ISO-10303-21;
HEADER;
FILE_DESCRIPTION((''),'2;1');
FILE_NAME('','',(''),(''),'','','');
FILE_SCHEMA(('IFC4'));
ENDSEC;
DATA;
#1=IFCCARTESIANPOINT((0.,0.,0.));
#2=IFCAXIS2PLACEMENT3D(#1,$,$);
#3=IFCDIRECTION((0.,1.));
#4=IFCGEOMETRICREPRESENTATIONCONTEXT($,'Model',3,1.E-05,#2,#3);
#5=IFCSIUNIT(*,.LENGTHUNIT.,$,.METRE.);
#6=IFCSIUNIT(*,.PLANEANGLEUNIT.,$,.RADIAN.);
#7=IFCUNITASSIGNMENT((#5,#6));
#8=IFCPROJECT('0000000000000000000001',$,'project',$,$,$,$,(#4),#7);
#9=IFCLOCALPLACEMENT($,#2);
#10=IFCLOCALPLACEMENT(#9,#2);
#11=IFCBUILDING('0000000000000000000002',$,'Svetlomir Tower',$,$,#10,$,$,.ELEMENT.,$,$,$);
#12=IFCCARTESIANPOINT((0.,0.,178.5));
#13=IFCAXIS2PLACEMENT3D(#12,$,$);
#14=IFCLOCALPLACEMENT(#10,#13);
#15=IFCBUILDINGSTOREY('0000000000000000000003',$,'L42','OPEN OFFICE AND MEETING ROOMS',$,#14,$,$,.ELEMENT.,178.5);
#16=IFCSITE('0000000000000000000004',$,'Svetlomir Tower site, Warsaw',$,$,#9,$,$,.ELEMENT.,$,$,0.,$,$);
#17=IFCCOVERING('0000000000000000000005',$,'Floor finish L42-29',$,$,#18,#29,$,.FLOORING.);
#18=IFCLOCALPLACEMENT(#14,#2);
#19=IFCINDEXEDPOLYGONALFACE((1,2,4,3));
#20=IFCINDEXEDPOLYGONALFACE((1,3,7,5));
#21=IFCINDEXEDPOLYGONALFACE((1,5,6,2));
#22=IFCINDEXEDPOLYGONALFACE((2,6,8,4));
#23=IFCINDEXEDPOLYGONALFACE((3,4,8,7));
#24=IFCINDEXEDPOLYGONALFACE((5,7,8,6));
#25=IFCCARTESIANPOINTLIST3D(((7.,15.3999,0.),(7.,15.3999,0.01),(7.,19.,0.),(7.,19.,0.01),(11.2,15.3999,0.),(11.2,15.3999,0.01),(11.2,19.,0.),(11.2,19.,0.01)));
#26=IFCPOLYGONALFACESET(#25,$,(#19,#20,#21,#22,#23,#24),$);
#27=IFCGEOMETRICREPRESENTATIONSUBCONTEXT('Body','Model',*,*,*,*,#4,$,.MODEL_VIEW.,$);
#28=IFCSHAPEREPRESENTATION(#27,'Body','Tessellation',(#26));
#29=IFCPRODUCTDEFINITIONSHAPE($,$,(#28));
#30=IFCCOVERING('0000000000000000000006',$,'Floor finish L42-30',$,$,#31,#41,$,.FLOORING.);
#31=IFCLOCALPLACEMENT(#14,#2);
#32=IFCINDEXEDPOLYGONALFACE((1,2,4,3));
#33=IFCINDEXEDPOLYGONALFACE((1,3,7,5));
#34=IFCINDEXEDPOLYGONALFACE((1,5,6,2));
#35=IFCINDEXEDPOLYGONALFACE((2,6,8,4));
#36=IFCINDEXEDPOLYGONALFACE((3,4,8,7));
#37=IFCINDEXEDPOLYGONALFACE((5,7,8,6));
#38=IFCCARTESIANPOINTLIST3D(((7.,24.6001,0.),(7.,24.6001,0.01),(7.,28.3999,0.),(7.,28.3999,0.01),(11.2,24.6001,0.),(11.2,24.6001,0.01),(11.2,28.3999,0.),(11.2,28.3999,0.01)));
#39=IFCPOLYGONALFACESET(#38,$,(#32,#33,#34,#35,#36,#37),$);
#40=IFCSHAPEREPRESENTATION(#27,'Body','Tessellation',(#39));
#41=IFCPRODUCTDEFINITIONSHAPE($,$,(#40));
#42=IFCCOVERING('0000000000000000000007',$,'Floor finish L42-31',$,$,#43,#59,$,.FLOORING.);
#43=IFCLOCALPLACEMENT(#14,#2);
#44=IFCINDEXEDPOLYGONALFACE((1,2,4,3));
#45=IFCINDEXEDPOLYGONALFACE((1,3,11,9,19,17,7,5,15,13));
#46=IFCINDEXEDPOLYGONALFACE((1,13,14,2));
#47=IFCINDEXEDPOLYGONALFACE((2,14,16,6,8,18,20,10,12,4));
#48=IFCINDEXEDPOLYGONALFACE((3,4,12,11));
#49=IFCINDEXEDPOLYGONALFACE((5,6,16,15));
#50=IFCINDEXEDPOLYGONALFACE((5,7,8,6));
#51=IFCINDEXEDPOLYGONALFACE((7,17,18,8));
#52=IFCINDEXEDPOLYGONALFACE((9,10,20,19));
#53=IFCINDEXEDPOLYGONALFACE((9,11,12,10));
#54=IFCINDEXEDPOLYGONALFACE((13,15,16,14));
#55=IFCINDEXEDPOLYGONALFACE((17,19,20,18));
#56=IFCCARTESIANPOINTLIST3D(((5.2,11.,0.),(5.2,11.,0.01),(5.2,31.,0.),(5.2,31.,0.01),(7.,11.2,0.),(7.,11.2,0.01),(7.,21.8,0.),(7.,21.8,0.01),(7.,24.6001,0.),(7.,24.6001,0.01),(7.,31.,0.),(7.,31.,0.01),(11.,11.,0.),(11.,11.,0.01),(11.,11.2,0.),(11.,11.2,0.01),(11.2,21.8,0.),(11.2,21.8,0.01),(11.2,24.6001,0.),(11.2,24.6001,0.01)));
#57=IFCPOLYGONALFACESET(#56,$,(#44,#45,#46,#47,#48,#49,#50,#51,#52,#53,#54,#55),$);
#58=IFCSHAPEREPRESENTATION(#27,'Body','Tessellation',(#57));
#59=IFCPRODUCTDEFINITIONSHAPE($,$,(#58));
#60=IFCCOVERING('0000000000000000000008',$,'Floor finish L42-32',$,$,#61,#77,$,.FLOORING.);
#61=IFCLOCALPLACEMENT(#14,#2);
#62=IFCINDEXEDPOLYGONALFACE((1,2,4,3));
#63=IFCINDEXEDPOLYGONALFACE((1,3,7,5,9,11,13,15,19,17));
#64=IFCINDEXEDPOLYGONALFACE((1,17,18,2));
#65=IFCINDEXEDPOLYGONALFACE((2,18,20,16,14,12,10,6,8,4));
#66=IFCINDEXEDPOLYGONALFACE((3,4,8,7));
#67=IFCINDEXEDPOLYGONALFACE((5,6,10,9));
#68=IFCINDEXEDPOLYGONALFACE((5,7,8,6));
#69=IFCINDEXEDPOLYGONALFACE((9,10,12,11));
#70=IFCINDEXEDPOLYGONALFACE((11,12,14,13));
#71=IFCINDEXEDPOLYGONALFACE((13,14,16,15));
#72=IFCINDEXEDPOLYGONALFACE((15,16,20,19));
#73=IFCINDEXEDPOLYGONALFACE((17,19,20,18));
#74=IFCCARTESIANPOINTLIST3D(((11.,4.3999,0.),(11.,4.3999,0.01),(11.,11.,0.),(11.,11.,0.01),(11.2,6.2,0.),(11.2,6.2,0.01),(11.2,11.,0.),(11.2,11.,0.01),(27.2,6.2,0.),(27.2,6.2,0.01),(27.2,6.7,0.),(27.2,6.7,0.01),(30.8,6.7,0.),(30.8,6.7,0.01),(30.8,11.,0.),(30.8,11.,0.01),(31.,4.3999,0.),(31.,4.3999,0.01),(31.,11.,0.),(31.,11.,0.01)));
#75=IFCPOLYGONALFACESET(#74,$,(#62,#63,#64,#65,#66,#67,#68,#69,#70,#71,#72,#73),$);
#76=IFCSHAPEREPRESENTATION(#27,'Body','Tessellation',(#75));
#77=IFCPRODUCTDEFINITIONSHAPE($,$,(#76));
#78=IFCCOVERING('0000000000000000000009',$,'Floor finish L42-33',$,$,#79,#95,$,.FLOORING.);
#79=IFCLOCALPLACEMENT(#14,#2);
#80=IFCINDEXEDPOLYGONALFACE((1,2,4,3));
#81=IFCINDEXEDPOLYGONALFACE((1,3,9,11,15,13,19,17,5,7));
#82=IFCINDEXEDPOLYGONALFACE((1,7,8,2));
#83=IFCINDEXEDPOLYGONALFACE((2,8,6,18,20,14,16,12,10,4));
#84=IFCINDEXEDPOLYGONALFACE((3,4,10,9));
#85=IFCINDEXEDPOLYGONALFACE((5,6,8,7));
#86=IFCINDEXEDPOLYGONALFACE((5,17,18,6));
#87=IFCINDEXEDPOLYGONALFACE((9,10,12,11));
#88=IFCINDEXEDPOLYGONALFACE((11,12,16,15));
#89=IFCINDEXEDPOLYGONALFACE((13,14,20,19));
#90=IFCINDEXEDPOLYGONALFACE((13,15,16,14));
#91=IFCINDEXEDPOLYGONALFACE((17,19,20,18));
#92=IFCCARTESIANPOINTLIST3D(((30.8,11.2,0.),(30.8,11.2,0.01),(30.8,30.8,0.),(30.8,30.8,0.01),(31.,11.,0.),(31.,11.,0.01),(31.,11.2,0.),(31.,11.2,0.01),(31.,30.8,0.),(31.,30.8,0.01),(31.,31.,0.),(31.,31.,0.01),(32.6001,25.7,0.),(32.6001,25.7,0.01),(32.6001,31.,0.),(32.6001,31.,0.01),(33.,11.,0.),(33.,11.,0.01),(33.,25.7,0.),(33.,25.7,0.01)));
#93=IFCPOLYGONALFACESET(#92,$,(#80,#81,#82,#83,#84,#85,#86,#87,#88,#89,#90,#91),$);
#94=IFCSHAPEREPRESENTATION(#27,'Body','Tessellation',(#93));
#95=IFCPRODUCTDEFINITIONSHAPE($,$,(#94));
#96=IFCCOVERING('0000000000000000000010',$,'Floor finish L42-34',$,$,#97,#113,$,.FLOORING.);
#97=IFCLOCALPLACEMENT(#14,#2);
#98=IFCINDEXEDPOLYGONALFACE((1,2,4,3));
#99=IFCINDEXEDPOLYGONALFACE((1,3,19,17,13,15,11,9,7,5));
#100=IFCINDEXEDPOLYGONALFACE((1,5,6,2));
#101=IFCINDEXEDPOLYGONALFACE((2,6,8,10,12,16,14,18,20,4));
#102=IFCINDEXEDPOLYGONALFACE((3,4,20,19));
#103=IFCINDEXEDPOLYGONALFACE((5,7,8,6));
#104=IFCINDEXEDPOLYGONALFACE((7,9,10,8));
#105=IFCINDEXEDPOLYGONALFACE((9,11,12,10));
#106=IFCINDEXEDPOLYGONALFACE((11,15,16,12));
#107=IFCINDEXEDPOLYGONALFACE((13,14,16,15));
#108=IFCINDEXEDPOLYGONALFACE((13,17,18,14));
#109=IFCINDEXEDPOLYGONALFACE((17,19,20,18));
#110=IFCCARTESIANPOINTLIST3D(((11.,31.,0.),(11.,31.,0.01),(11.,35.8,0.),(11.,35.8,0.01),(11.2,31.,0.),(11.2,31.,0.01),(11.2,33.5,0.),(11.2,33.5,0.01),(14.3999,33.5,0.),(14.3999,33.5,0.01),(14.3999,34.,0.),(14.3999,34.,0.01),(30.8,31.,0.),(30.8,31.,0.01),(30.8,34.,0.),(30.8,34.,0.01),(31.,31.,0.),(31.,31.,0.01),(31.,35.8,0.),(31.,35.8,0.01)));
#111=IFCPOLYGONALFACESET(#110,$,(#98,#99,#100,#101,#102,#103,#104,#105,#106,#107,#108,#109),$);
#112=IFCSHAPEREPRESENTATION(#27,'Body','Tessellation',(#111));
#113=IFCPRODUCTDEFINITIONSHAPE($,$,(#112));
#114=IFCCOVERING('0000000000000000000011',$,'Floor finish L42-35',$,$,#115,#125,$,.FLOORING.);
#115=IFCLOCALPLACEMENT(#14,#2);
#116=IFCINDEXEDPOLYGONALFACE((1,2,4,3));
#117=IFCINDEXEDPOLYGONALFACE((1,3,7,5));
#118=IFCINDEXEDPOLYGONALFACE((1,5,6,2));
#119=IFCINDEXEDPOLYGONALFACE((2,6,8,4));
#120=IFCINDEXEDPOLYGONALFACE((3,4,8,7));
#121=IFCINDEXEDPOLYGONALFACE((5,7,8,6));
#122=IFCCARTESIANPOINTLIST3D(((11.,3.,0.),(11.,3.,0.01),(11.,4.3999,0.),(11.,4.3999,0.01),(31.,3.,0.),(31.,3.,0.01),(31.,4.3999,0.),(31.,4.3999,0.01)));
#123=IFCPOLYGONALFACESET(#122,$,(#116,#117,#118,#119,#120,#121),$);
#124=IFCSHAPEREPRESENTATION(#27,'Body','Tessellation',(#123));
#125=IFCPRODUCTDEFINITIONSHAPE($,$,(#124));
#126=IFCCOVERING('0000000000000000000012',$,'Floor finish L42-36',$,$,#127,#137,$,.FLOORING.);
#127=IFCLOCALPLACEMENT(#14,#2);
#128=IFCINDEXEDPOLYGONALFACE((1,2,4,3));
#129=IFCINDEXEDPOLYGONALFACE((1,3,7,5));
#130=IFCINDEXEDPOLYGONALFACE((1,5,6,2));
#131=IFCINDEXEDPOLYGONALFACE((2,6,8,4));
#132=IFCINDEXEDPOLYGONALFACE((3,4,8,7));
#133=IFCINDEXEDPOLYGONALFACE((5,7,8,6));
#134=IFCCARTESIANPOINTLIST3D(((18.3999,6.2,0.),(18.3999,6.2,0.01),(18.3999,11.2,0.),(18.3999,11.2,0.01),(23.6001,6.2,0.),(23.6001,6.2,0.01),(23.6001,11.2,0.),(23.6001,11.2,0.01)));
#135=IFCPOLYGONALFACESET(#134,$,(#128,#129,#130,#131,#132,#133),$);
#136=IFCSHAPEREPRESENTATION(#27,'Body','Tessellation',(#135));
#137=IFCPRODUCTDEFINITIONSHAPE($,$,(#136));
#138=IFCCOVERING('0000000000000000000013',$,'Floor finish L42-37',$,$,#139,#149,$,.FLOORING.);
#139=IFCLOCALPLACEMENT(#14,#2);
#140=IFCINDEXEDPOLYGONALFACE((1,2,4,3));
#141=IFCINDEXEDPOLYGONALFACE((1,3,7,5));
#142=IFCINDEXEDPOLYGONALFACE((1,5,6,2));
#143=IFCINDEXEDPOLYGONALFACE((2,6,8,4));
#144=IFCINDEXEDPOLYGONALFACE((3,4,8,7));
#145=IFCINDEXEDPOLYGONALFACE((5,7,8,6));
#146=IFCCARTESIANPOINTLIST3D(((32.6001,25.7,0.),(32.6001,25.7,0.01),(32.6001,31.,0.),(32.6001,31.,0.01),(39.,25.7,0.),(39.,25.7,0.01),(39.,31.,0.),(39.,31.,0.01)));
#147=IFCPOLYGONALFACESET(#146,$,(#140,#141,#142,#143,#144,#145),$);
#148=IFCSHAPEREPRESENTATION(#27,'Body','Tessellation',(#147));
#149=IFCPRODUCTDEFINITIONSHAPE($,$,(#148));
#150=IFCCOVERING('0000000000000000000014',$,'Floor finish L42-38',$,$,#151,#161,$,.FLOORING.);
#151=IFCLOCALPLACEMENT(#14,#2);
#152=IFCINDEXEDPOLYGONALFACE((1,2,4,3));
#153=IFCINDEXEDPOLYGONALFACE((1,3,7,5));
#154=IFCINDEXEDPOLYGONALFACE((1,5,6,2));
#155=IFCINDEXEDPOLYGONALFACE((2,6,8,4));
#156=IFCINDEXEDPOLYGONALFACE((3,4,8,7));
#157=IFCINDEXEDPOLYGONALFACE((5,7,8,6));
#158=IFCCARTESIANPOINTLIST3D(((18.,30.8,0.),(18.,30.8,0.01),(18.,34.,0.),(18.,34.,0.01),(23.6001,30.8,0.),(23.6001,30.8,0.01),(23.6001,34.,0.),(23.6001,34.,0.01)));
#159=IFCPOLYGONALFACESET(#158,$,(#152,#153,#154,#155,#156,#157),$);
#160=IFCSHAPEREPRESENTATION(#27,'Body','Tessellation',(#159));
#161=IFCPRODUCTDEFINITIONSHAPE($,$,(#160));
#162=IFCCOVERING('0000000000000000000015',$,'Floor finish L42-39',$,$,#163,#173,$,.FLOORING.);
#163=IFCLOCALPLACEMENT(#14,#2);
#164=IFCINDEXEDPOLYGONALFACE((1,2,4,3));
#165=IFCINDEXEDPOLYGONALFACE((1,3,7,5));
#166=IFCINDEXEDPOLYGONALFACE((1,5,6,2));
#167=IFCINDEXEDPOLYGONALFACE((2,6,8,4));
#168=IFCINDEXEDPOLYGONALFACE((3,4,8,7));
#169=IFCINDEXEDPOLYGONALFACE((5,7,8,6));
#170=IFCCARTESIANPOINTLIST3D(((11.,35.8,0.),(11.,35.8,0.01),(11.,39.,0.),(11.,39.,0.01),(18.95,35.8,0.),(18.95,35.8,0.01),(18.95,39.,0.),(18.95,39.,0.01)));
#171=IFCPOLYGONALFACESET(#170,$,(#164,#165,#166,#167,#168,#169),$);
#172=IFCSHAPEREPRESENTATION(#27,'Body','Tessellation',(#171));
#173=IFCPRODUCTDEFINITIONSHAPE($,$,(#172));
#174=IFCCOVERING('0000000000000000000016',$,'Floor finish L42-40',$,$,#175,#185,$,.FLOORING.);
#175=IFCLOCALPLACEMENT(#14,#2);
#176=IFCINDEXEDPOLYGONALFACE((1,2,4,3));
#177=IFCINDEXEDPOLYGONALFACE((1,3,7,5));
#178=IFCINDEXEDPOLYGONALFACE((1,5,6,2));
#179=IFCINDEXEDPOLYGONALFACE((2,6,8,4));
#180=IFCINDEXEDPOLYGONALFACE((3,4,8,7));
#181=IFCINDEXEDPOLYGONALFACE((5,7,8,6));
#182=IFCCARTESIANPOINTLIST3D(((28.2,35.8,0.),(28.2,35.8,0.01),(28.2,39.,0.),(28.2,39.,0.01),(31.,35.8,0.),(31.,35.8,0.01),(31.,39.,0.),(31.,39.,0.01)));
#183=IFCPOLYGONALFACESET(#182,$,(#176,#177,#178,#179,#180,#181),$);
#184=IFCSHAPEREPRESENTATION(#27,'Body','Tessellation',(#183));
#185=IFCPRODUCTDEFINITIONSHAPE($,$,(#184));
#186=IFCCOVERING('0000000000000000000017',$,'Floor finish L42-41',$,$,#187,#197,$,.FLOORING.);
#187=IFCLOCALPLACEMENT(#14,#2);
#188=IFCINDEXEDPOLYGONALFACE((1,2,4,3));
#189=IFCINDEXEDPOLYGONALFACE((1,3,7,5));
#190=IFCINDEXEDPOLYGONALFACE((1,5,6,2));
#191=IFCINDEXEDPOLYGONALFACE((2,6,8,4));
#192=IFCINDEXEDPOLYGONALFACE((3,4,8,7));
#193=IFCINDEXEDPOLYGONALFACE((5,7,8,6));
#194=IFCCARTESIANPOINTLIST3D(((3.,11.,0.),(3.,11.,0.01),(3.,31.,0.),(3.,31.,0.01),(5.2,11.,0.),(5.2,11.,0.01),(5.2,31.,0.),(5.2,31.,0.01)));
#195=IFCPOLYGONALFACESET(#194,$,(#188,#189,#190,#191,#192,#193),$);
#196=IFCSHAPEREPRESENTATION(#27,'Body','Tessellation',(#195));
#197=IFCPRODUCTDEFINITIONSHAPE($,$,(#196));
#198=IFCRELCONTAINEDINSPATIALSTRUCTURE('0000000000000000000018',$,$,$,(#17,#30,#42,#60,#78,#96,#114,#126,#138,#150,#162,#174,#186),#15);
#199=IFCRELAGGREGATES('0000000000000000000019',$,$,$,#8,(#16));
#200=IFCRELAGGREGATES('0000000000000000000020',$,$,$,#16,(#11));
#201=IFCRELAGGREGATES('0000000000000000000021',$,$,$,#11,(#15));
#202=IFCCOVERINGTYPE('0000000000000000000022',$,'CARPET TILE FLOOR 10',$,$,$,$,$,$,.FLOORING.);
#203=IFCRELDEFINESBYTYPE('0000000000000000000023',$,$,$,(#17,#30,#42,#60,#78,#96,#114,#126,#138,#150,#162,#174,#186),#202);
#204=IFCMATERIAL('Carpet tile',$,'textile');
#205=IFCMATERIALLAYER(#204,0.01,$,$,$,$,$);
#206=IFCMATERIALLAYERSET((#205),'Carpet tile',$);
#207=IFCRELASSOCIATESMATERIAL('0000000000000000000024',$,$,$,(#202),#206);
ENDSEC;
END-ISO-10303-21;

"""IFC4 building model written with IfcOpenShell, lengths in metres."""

from ifc_helpers import new_model, si_unit, direction, frame, origin, place, context, subcontext, project, spatial, polyline, outline, extrude, material, layer, layer_set, type_object, element, save


model = new_model("IFC4")

# Units and contexts
model_context = context("Model", 3, precision=1e-05, world=origin(), true_north=direction((0.0, 1.0)))
body_context = subcontext(model_context, "Body", "Model", "MODEL_VIEW")
ifc_project = project(units=[si_unit("LENGTHUNIT", "METRE"), si_unit("PLANEANGLEUNIT", "RADIAN")], contexts=[model_context])

# Site, building, storey
site_placement = place(None, origin())
site = spatial("IfcSite", under=ifc_project, at=site_placement, Name="Svetlomir Tower site, Warsaw", CompositionType="ELEMENT", RefElevation=0.0)
building_placement = place(site_placement, origin())
building = spatial("IfcBuilding", under=site, at=building_placement, Name="Svetlomir Tower", CompositionType="ELEMENT")
storey_placement = place(building_placement, frame((0.0, 0.0, 178.5)))
storey = spatial("IfcBuildingStorey", under=building, at=storey_placement, Name="L42", Description="OPEN OFFICE AND MEETING ROOMS", CompositionType="ELEMENT", Elevation=178.5)

# Coverings
ifc_material_1 = material(Name="Carpet tile", Category="textile")
ifc_layer_1 = layer(ifc_material_1, 0.01)
ifc_layer_set_1 = layer_set([ifc_layer_1], Name="Carpet tile")
covering_type_1 = type_object("IfcCoveringType", Name="CARPET TILE FLOOR 10", PredefinedType="FLOORING", material=ifc_layer_set_1)
covering_1_placement = place(storey_placement, origin())
element("IfcCovering", 1, at=covering_1_placement, inside=storey, type_object=covering_type_1, Name="Floor finish L42-29", PredefinedType="FLOORING", context=body_context, shape_type="SweptSolid", body=[
    extrude(outline(polyline([(7.0, 15.3999), (11.2, 15.3999), (11.2, 19.0), (7.0, 19.0), (7.0, 15.3999)])), origin(), (0.0, 0.0, 1.0), 0.01),
])
covering_2_placement = place(storey_placement, origin())
element("IfcCovering", 2, at=covering_2_placement, inside=storey, type_object=covering_type_1, Name="Floor finish L42-30", PredefinedType="FLOORING", context=body_context, shape_type="SweptSolid", body=[
    extrude(outline(polyline([(7.0, 24.6001), (11.2, 24.6001), (11.2, 28.3999), (7.0, 28.3999), (7.0, 24.6001)])), origin(), (0.0, 0.0, 1.0), 0.01),
])
covering_3_placement = place(storey_placement, origin())
element("IfcCovering", 3, at=covering_3_placement, inside=storey, type_object=covering_type_1, Name="Floor finish L42-31", PredefinedType="FLOORING", context=body_context, shape_type="SweptSolid", body=[
    extrude(outline(polyline([(5.2, 11.0), (5.2, 31.0), (7.0, 31.0), (7.0, 24.6001), (11.2, 24.6001), (11.2, 21.8), (7.0, 21.8), (7.0, 11.2), (11.0, 11.2), (11.0, 11.0), (5.2, 11.0)])), origin(), (0.0, 0.0, 1.0), 0.01),
])
covering_4_placement = place(storey_placement, origin())
element("IfcCovering", 4, at=covering_4_placement, inside=storey, type_object=covering_type_1, Name="Floor finish L42-32", PredefinedType="FLOORING", context=body_context, shape_type="SweptSolid", body=[
    extrude(outline(polyline([(11.2, 6.2), (27.2, 6.2), (27.2, 6.7), (30.8, 6.7), (30.8, 11.0), (31.0, 11.0), (31.0, 4.3999), (11.0, 4.3999), (11.0, 11.0), (11.2, 11.0), (11.2, 6.2)])), origin(), (0.0, 0.0, 1.0), 0.01),
])
covering_5_placement = place(storey_placement, origin())
element("IfcCovering", 5, at=covering_5_placement, inside=storey, type_object=covering_type_1, Name="Floor finish L42-33", PredefinedType="FLOORING", context=body_context, shape_type="SweptSolid", body=[
    extrude(outline(polyline([(30.8, 11.2), (30.8, 30.8), (31.0, 30.8), (31.0, 31.0), (32.6001, 31.0), (32.6001, 25.7), (33.0, 25.7), (33.0, 11.0), (31.0, 11.0), (31.0, 11.2), (30.8, 11.2)])), origin(), (0.0, 0.0, 1.0), 0.01),
])
covering_6_placement = place(storey_placement, origin())
element("IfcCovering", 6, at=covering_6_placement, inside=storey, type_object=covering_type_1, Name="Floor finish L42-34", PredefinedType="FLOORING", context=body_context, shape_type="SweptSolid", body=[
    extrude(outline(polyline([(30.8, 34.0), (14.3999, 34.0), (14.3999, 33.5), (11.2, 33.5), (11.2, 31.0), (11.0, 31.0), (11.0, 35.8), (31.0, 35.8), (31.0, 31.0), (30.8, 31.0), (30.8, 34.0)])), origin(), (0.0, 0.0, 1.0), 0.01),
])
covering_7_placement = place(storey_placement, origin())
element("IfcCovering", 7, at=covering_7_placement, inside=storey, type_object=covering_type_1, Name="Floor finish L42-35", PredefinedType="FLOORING", context=body_context, shape_type="SweptSolid", body=[
    extrude(outline(polyline([(11.0, 3.0), (11.0, 4.3999), (31.0, 4.3999), (31.0, 3.0), (11.0, 3.0)])), origin(), (0.0, 0.0, 1.0), 0.01),
])
covering_8_placement = place(storey_placement, origin())
element("IfcCovering", 8, at=covering_8_placement, inside=storey, type_object=covering_type_1, Name="Floor finish L42-36", PredefinedType="FLOORING", context=body_context, shape_type="SweptSolid", body=[
    extrude(outline(polyline([(23.6001, 11.2), (23.6001, 6.2), (18.3999, 6.2), (18.3999, 11.2), (23.6001, 11.2)])), origin(), (0.0, 0.0, 1.0), 0.01),
])
covering_9_placement = place(storey_placement, origin())
element("IfcCovering", 9, at=covering_9_placement, inside=storey, type_object=covering_type_1, Name="Floor finish L42-37", PredefinedType="FLOORING", context=body_context, shape_type="SweptSolid", body=[
    extrude(outline(polyline([(39.0, 25.7), (32.6001, 25.7), (32.6001, 31.0), (39.0, 31.0), (39.0, 25.7)])), origin(), (0.0, 0.0, 1.0), 0.01),
])
covering_10_placement = place(storey_placement, origin())
element("IfcCovering", 10, at=covering_10_placement, inside=storey, type_object=covering_type_1, Name="Floor finish L42-38", PredefinedType="FLOORING", context=body_context, shape_type="SweptSolid", body=[
    extrude(outline(polyline([(18.0, 30.8), (18.0, 34.0), (23.6001, 34.0), (23.6001, 30.8), (18.0, 30.8)])), origin(), (0.0, 0.0, 1.0), 0.01),
])
covering_11_placement = place(storey_placement, origin())
element("IfcCovering", 11, at=covering_11_placement, inside=storey, type_object=covering_type_1, Name="Floor finish L42-39", PredefinedType="FLOORING", context=body_context, shape_type="SweptSolid", body=[
    extrude(outline(polyline([(18.95, 39.0), (18.95, 35.8), (11.0, 35.8), (11.0, 39.0), (18.95, 39.0)])), origin(), (0.0, 0.0, 1.0), 0.01),
])
covering_12_placement = place(storey_placement, origin())
element("IfcCovering", 12, at=covering_12_placement, inside=storey, type_object=covering_type_1, Name="Floor finish L42-40", PredefinedType="FLOORING", context=body_context, shape_type="SweptSolid", body=[
    extrude(outline(polyline([(31.0, 39.0), (31.0, 35.8), (28.2, 35.8), (28.2, 39.0), (31.0, 39.0)])), origin(), (0.0, 0.0, 1.0), 0.01),
])
covering_13_placement = place(storey_placement, origin())
element("IfcCovering", 13, at=covering_13_placement, inside=storey, type_object=covering_type_1, Name="Floor finish L42-41", PredefinedType="FLOORING", context=body_context, shape_type="SweptSolid", body=[
    extrude(outline(polyline([(3.0, 31.0), (5.2, 31.0), (5.2, 11.0), (3.0, 11.0), (3.0, 31.0)])), origin(), (0.0, 0.0, 1.0), 0.01),
])

save(model, "model.ifc")
